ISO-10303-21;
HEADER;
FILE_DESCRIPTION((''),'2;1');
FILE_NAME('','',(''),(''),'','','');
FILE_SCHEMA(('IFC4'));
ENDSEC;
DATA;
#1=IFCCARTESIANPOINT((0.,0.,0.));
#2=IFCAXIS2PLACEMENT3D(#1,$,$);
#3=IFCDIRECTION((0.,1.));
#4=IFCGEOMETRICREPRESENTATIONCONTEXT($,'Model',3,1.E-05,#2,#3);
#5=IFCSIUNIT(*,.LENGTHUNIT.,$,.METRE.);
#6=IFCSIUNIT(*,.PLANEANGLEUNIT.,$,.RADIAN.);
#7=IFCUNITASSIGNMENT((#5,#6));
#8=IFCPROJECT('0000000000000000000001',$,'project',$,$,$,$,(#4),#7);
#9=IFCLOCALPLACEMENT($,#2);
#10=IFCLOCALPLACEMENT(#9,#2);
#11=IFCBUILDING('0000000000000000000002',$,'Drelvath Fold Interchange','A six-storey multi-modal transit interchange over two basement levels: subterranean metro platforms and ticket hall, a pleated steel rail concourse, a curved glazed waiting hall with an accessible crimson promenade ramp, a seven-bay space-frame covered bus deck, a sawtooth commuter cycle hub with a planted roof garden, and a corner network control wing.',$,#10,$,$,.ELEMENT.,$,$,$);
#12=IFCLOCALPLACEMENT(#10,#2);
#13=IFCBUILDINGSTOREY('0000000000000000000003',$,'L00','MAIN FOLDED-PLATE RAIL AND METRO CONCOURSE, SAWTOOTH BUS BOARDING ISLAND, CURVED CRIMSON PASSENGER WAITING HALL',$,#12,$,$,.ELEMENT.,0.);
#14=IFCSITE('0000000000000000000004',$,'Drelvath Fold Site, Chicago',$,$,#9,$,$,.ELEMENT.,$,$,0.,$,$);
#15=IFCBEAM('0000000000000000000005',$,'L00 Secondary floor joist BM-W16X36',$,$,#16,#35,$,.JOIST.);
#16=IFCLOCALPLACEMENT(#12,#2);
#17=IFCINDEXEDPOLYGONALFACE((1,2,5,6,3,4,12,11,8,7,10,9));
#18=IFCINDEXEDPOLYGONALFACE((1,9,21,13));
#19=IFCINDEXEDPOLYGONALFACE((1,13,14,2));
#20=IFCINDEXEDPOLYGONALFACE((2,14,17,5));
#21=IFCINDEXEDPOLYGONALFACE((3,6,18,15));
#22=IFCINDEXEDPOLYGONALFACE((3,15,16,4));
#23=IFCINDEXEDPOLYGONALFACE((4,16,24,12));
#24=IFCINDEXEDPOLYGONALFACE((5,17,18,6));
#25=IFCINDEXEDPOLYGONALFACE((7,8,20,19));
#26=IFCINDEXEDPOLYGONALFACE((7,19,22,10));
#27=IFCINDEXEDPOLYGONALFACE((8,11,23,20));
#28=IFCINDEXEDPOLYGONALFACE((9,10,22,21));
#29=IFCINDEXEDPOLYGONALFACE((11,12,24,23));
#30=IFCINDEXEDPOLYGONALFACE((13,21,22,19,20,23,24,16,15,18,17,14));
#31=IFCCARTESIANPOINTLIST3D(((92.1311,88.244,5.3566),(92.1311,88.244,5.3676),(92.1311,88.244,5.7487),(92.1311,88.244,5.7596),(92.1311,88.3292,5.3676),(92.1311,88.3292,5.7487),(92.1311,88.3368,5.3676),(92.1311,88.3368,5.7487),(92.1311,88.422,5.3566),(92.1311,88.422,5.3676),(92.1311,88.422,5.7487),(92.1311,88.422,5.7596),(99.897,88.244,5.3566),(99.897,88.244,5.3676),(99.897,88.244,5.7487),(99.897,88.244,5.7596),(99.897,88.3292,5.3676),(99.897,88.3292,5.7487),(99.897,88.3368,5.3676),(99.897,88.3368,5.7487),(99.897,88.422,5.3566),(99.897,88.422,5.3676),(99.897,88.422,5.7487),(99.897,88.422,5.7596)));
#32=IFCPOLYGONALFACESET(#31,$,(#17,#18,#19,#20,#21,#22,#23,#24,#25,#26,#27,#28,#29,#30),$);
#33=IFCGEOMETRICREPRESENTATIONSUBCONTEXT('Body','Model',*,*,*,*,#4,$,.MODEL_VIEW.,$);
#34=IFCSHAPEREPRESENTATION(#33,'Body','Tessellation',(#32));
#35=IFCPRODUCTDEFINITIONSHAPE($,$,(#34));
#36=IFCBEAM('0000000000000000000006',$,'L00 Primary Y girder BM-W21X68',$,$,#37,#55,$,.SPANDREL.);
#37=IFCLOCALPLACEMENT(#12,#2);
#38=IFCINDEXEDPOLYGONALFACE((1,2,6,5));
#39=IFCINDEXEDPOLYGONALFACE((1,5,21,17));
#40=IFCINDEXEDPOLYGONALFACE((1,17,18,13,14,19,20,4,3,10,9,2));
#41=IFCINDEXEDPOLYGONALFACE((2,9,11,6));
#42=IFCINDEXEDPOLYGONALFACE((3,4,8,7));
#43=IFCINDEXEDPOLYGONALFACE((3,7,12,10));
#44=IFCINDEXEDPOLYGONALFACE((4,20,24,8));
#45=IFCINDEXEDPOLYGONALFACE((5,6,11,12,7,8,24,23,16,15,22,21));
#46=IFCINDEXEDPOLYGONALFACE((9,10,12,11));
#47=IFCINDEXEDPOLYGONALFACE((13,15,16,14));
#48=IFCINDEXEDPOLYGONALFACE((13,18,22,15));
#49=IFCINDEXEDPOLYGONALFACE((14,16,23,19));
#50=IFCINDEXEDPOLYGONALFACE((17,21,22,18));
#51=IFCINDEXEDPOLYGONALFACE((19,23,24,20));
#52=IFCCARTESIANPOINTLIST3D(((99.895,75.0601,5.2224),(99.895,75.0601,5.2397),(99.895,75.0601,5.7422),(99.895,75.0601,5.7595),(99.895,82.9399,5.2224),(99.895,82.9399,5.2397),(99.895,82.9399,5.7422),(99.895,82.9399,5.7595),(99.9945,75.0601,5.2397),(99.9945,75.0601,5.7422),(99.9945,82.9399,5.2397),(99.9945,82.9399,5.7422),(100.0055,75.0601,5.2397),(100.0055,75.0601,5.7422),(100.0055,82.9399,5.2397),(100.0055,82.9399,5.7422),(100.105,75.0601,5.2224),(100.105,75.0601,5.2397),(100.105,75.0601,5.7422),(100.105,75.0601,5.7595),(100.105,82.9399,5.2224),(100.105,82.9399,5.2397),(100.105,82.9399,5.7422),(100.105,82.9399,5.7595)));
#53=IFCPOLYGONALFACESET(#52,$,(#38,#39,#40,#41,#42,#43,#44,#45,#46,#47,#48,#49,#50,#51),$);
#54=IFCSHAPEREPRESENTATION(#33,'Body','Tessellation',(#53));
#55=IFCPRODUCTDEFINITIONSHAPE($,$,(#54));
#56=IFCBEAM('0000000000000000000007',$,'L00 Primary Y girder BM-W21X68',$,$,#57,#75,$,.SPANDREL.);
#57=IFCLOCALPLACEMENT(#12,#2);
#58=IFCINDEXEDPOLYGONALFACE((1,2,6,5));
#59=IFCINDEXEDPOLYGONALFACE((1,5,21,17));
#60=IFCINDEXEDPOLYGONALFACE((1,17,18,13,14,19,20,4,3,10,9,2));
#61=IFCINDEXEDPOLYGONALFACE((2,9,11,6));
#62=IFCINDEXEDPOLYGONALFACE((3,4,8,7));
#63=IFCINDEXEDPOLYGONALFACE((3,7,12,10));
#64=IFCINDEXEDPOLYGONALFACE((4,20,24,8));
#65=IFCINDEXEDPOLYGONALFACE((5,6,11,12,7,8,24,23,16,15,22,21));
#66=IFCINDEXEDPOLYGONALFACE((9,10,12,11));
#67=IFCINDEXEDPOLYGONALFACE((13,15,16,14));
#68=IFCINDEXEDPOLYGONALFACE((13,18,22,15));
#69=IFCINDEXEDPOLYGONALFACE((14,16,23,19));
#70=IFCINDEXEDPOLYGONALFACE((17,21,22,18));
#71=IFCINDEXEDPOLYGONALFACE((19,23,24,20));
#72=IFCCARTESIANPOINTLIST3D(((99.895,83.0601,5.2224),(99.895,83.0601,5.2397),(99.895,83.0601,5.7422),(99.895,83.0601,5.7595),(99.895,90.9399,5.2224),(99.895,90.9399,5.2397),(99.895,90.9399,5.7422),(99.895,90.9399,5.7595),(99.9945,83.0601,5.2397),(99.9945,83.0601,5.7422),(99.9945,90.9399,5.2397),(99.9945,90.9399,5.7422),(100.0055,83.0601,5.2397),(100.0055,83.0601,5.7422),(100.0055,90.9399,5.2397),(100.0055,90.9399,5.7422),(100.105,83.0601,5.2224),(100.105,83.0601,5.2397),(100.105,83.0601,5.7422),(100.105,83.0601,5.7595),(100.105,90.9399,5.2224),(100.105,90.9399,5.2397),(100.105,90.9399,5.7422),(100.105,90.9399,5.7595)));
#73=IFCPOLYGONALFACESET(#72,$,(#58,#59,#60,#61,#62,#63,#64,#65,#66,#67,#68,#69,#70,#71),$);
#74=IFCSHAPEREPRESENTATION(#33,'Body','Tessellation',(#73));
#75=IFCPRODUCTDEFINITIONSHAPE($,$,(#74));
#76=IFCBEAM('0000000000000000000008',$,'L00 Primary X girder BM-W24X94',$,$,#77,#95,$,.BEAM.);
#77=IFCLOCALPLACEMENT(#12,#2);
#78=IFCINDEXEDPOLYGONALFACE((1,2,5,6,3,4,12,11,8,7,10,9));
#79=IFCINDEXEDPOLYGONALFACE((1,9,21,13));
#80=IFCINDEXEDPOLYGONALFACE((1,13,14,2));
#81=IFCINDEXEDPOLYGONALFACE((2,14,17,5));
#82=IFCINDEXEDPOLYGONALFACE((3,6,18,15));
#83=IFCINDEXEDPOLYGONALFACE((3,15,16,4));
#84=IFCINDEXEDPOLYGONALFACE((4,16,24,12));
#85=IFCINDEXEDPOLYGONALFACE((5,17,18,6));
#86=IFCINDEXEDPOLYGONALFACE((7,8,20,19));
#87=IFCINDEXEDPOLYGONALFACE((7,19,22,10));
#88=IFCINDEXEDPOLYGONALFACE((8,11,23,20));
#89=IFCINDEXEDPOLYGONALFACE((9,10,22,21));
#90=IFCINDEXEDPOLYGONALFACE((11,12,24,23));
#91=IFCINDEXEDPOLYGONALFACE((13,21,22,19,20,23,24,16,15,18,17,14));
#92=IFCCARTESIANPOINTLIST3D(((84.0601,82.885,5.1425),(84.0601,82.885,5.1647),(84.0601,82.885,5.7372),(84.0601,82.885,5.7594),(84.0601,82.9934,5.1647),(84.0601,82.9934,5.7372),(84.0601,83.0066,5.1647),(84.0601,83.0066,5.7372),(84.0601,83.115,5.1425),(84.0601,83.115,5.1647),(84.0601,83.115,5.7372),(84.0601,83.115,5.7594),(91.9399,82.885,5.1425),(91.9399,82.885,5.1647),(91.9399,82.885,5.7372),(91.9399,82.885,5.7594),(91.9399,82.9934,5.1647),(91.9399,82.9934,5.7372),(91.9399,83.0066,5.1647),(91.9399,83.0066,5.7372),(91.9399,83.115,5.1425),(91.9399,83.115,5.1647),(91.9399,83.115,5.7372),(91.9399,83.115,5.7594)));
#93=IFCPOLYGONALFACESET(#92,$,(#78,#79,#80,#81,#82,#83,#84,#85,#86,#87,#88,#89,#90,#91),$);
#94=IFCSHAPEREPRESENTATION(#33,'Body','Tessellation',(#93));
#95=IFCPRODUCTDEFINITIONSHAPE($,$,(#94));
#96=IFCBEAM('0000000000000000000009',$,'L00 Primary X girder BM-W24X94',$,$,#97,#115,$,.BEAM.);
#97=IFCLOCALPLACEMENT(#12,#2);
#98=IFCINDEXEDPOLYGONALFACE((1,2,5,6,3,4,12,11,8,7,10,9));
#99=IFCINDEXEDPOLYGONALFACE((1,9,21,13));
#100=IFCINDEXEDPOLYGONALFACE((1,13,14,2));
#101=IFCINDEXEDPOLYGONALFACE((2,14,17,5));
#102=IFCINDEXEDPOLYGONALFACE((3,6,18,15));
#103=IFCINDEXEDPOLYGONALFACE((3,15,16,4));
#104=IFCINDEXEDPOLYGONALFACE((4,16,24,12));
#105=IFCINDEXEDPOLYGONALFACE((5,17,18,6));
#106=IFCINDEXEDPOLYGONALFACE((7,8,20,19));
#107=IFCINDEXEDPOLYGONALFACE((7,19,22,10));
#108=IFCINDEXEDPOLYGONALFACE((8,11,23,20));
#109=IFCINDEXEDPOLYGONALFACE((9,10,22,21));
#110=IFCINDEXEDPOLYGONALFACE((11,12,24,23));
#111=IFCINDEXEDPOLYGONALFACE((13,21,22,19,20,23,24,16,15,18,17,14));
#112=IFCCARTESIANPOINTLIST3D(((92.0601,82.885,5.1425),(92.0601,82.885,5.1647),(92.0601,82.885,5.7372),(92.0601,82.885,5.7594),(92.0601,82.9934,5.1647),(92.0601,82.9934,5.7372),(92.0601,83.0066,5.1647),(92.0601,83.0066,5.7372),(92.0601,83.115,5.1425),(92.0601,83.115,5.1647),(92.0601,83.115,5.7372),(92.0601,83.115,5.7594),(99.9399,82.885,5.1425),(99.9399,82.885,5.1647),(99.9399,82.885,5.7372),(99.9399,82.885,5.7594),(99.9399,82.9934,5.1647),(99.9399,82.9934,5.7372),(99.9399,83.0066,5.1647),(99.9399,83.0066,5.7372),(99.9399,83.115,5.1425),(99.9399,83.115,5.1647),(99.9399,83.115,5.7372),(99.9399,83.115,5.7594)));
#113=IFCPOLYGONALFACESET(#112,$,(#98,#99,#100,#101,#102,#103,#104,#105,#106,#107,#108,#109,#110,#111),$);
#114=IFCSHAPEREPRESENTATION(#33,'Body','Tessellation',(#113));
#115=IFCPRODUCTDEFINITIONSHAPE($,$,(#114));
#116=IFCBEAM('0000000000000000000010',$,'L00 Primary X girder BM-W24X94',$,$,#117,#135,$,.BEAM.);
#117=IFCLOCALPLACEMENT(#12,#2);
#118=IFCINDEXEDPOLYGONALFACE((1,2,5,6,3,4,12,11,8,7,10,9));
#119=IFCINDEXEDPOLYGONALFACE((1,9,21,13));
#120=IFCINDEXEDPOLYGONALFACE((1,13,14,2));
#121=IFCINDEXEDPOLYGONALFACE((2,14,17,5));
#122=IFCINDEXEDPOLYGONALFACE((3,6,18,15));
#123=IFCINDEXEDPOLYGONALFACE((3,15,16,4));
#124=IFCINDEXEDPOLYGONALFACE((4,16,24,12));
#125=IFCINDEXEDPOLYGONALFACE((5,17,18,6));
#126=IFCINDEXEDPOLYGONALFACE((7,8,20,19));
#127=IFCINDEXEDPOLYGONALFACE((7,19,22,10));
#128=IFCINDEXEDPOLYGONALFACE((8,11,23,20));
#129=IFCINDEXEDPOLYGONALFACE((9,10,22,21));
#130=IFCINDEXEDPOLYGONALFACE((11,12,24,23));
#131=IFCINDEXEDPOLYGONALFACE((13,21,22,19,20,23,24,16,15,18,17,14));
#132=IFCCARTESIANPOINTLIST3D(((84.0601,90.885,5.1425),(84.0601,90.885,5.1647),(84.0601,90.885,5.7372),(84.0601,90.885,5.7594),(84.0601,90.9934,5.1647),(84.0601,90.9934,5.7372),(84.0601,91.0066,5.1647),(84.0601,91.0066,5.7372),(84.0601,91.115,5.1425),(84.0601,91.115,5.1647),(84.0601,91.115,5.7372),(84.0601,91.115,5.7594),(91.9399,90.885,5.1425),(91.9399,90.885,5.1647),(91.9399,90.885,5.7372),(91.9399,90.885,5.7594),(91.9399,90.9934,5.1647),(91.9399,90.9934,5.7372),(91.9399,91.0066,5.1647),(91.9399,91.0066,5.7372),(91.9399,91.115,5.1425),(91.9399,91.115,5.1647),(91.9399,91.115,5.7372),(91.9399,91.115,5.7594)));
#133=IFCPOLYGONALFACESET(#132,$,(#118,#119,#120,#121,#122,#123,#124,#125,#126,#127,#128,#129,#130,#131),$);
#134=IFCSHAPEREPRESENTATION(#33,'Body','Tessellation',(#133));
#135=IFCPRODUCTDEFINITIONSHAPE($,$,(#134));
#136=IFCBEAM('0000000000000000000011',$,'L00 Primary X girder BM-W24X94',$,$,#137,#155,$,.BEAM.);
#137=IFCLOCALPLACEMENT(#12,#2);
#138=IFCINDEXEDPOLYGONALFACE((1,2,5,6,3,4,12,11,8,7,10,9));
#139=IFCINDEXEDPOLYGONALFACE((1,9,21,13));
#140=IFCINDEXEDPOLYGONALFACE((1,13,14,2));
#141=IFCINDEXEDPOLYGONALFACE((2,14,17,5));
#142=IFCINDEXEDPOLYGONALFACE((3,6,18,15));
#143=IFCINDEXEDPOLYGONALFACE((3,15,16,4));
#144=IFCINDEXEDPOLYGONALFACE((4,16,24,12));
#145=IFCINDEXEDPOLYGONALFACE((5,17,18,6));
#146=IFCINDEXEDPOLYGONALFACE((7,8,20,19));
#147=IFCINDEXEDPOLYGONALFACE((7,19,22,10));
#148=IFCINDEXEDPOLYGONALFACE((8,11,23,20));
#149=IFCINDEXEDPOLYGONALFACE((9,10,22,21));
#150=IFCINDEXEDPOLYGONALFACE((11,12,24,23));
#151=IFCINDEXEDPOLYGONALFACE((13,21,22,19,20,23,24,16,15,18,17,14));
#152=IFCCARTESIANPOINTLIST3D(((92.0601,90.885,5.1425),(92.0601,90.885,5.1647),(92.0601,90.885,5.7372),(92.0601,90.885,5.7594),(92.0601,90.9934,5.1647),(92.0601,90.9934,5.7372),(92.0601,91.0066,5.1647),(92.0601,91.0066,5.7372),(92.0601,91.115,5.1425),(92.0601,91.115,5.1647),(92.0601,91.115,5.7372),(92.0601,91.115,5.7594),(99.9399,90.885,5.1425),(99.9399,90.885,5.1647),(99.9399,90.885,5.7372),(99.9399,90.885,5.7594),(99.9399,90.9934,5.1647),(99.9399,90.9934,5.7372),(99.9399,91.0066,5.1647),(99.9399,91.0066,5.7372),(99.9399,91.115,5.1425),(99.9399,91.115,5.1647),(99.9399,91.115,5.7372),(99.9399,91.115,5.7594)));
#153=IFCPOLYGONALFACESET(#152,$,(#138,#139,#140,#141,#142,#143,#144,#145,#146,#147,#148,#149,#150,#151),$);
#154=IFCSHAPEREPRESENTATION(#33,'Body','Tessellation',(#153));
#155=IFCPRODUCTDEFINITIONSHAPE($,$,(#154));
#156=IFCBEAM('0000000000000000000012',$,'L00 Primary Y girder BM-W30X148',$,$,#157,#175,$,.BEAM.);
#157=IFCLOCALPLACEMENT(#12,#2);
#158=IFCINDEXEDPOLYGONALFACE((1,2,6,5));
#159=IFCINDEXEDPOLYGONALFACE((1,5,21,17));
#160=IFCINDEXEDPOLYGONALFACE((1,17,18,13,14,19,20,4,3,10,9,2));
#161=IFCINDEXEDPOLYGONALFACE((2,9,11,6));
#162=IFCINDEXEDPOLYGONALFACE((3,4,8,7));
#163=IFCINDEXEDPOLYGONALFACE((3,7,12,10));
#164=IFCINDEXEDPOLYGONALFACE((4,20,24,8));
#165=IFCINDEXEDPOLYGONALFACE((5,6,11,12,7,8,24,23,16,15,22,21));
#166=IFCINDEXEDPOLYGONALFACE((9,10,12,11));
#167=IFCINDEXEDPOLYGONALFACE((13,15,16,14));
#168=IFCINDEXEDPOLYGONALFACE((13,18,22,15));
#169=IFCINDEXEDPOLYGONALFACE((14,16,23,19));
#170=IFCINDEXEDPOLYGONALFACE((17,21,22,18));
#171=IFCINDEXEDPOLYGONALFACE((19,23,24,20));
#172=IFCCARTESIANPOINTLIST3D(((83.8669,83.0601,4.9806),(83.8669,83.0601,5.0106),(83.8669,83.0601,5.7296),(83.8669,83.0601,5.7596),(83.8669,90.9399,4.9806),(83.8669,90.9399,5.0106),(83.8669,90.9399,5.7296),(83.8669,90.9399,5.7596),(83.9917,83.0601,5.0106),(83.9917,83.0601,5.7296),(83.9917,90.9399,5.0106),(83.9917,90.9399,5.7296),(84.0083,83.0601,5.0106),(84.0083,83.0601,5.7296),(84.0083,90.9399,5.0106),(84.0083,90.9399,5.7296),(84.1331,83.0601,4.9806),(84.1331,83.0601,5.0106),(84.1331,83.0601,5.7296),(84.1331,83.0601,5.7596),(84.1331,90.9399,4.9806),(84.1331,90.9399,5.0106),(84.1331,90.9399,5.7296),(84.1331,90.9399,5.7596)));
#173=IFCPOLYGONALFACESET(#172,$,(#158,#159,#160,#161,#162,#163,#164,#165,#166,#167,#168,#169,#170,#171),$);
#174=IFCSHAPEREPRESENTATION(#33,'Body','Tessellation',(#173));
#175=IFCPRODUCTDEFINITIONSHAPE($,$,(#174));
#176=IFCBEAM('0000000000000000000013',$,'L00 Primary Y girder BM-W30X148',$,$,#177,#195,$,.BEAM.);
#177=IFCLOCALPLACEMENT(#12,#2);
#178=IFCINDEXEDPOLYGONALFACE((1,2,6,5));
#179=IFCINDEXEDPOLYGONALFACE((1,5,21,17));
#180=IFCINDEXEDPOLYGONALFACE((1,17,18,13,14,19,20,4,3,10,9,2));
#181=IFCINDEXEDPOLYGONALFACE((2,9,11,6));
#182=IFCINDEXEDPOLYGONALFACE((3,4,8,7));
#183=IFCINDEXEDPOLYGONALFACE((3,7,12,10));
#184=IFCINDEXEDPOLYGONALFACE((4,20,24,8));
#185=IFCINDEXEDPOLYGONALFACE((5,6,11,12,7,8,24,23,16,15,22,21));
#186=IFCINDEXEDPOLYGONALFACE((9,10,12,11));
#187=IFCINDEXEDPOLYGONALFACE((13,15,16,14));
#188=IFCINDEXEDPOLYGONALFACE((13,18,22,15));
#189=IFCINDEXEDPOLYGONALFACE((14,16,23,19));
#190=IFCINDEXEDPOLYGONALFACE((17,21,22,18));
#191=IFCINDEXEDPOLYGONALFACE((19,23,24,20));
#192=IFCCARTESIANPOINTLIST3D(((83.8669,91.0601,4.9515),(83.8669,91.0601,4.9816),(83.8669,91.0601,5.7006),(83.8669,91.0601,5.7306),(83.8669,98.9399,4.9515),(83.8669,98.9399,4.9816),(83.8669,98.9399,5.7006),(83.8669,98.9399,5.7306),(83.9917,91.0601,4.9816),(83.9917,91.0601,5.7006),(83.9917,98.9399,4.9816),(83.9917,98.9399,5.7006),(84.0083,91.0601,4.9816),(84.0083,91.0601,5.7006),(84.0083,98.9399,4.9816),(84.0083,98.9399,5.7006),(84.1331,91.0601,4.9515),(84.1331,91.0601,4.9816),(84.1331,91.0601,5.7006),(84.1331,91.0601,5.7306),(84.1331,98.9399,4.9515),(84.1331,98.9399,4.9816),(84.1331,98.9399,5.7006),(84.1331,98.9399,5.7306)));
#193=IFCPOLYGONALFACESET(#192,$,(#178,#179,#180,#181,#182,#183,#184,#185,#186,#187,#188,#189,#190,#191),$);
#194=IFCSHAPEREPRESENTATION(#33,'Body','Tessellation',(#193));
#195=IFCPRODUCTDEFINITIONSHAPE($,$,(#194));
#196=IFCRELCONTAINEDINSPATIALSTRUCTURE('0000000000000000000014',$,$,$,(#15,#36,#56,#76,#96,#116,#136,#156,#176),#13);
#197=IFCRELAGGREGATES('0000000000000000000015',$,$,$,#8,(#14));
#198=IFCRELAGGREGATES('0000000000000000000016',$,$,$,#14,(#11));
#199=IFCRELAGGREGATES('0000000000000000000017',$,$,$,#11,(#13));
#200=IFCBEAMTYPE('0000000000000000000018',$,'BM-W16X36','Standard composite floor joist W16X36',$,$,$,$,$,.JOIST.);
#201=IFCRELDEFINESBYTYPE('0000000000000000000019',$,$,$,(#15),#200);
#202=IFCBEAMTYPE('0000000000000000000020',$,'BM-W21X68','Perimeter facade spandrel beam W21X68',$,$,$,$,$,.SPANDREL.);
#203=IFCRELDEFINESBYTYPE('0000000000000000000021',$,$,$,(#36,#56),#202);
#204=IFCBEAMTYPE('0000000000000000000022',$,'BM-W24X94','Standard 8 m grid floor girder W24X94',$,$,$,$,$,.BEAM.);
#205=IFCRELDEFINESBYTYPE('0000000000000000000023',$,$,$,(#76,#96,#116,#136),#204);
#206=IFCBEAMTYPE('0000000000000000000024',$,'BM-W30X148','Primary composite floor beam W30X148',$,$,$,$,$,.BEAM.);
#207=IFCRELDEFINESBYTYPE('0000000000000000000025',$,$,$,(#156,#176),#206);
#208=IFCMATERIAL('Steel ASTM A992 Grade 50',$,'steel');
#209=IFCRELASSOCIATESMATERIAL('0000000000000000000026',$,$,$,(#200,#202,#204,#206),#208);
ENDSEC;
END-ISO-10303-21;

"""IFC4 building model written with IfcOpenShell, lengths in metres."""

from ifc_helpers import new_model, si_unit, direction, frame, origin, origin_2d, place, context, subcontext, project, spatial, i_section, extrude, material, material_profile, profile_set, type_object, element, save


model = new_model("IFC4")

# Units and contexts
model_context = context("Model", 3, precision=1e-05, world=origin(), true_north=direction((0.0, 1.0)))
body_context = subcontext(model_context, "Body", "Model", "MODEL_VIEW")
ifc_project = project(units=[si_unit("LENGTHUNIT", "METRE"), si_unit("PLANEANGLEUNIT", "RADIAN")], contexts=[model_context])

# Site, building, storey
site_placement = place(None, origin())
site = spatial("IfcSite", under=ifc_project, at=site_placement, Name="Drelvath Fold Site, Chicago", CompositionType="ELEMENT", RefElevation=0.0)
building_placement = place(site_placement, origin())
building = spatial("IfcBuilding", under=site, at=building_placement, Name="Drelvath Fold Interchange", Description="A six-storey multi-modal transit interchange over two basement levels: subterranean metro platforms and ticket hall, a pleated steel rail concourse, a curved glazed waiting hall with an accessible crimson promenade ramp, a seven-bay space-frame covered bus deck, a sawtooth commuter cycle hub with a planted roof garden, and a corner network control wing.", CompositionType="ELEMENT")
storey_placement = place(building_placement, origin())
storey = spatial("IfcBuildingStorey", under=building, at=storey_placement, Name="L00", Description="MAIN FOLDED-PLATE RAIL AND METRO CONCOURSE, SAWTOOTH BUS BOARDING ISLAND, CURVED CRIMSON PASSENGER WAITING HALL", CompositionType="ELEMENT", Elevation=0.0)

# Beams
ifc_material_1 = material(Name="Steel ASTM A992 Grade 50", Category="steel")
ifc_material_profile_1 = material_profile(ifc_material_1, i_section(OverallWidth=0.178, OverallDepth=0.4031, WebThickness=0.0076, FlangeThickness=0.011, at=origin_2d()), Name="W16X36")
ifc_profile_set_1 = profile_set([ifc_material_profile_1], Name="Steel ASTM A992 Grade 50")
beam_type_1 = type_object("IfcBeamType", Name="BM-W16X36", Description="Standard composite floor joist W16X36", PredefinedType="JOIST", material=ifc_profile_set_1)
for number, where, z_axis, x_axis, name in (
    (1, (92.1311, 88.333, 5.5581), (1.0, 0.0, 0.0), (0.0, 1.0, 0.0), "L00 Secondary floor joist BM-W16X36"),
):
    element("IfcBeam", number, at=place(storey_placement, frame(where, z_axis=z_axis, x_axis=x_axis)), inside=storey, type_object=beam_type_1, Name=name, PredefinedType="JOIST", context=body_context, shape_type="SweptSolid", body=[
        extrude(i_section(OverallWidth=0.178, OverallDepth=0.4031, WebThickness=0.0076, FlangeThickness=0.011, at=origin_2d()), origin(), (0.0, 0.0, 1.0), 7.7659),
    ])
ifc_material_profile_2 = material_profile(ifc_material_1, i_section(OverallWidth=0.21, OverallDepth=0.5371, WebThickness=0.011, FlangeThickness=0.0173, at=origin_2d()), Name="W21X68")
ifc_profile_set_2 = profile_set([ifc_material_profile_2], Name="Steel ASTM A992 Grade 50")
beam_type_2 = type_object("IfcBeamType", Name="BM-W21X68", Description="Perimeter facade spandrel beam W21X68", PredefinedType="SPANDREL", material=ifc_profile_set_2)
for number, where, z_axis, x_axis, name in (
    (2, (100.0, 75.0601, 5.491), (0.0, 1.0, 0.0), (-1.0, 0.0, 0.0), "L00 Primary Y girder BM-W21X68"),
    (3, (100.0, 83.0601, 5.491), (0.0, 1.0, 0.0), (-1.0, 0.0, 0.0), "L00 Primary Y girder BM-W21X68"),
):
    element("IfcBeam", number, at=place(storey_placement, frame(where, z_axis=z_axis, x_axis=x_axis)), inside=storey, type_object=beam_type_2, Name=name, PredefinedType="SPANDREL", context=body_context, shape_type="SweptSolid", body=[
        extrude(i_section(OverallWidth=0.21, OverallDepth=0.5371, WebThickness=0.011, FlangeThickness=0.0173, at=origin_2d()), origin(), (0.0, 0.0, 1.0), 7.8799),
    ])
ifc_material_profile_3 = material_profile(ifc_material_1, i_section(OverallWidth=0.23, OverallDepth=0.6169, WebThickness=0.0132, FlangeThickness=0.0222, at=origin_2d()), Name="W24X94")
ifc_profile_set_3 = profile_set([ifc_material_profile_3], Name="Steel ASTM A992 Grade 50")
beam_type_3 = type_object("IfcBeamType", Name="BM-W24X94", Description="Standard 8 m grid floor girder W24X94", PredefinedType="BEAM", material=ifc_profile_set_3)
for number, where, z_axis, x_axis, name in (
    (4, (84.0601, 83.0, 5.4509), (1.0, 0.0, 0.0), (0.0, 1.0, 0.0), "L00 Primary X girder BM-W24X94"),
    (5, (92.0601, 83.0, 5.4509), (1.0, 0.0, 0.0), (0.0, 1.0, 0.0), "L00 Primary X girder BM-W24X94"),
    (6, (84.0601, 91.0, 5.4509), (1.0, 0.0, 0.0), (0.0, 1.0, 0.0), "L00 Primary X girder BM-W24X94"),
    (7, (92.0601, 91.0, 5.4509), (1.0, 0.0, 0.0), (0.0, 1.0, 0.0), "L00 Primary X girder BM-W24X94"),
):
    element("IfcBeam", number, at=place(storey_placement, frame(where, z_axis=z_axis, x_axis=x_axis)), inside=storey, type_object=beam_type_3, Name=name, PredefinedType="BEAM", context=body_context, shape_type="SweptSolid", body=[
        extrude(i_section(OverallWidth=0.23, OverallDepth=0.6169, WebThickness=0.0132, FlangeThickness=0.0222, at=origin_2d()), origin(), (0.0, 0.0, 1.0), 7.8799),
    ])
ifc_material_profile_4 = material_profile(ifc_material_1, i_section(OverallWidth=0.2661, OverallDepth=0.7791, WebThickness=0.0166, FlangeThickness=0.03, at=origin_2d()), Name="W30X148")
ifc_profile_set_4 = profile_set([ifc_material_profile_4], Name="Steel ASTM A992 Grade 50")
beam_type_4 = type_object("IfcBeamType", Name="BM-W30X148", Description="Primary composite floor beam W30X148", PredefinedType="BEAM", material=ifc_profile_set_4)
for number, where, z_axis, x_axis, name in (
    (8, (84.0, 83.0601, 5.3701), (0.0, 1.0, 0.0), (-1.0, 0.0, 0.0), "L00 Primary Y girder BM-W30X148"),
    (9, (84.0, 91.0601, 5.3411), (0.0, 1.0, 0.0), (-1.0, 0.0, 0.0), "L00 Primary Y girder BM-W30X148"),
):
    element("IfcBeam", number, at=place(storey_placement, frame(where, z_axis=z_axis, x_axis=x_axis)), inside=storey, type_object=beam_type_4, Name=name, PredefinedType="BEAM", context=body_context, shape_type="SweptSolid", body=[
        extrude(i_section(OverallWidth=0.2661, OverallDepth=0.7791, WebThickness=0.0166, FlangeThickness=0.03, at=origin_2d()), origin(), (0.0, 0.0, 1.0), 7.8799),
    ])

save(model, "model.ifc")
